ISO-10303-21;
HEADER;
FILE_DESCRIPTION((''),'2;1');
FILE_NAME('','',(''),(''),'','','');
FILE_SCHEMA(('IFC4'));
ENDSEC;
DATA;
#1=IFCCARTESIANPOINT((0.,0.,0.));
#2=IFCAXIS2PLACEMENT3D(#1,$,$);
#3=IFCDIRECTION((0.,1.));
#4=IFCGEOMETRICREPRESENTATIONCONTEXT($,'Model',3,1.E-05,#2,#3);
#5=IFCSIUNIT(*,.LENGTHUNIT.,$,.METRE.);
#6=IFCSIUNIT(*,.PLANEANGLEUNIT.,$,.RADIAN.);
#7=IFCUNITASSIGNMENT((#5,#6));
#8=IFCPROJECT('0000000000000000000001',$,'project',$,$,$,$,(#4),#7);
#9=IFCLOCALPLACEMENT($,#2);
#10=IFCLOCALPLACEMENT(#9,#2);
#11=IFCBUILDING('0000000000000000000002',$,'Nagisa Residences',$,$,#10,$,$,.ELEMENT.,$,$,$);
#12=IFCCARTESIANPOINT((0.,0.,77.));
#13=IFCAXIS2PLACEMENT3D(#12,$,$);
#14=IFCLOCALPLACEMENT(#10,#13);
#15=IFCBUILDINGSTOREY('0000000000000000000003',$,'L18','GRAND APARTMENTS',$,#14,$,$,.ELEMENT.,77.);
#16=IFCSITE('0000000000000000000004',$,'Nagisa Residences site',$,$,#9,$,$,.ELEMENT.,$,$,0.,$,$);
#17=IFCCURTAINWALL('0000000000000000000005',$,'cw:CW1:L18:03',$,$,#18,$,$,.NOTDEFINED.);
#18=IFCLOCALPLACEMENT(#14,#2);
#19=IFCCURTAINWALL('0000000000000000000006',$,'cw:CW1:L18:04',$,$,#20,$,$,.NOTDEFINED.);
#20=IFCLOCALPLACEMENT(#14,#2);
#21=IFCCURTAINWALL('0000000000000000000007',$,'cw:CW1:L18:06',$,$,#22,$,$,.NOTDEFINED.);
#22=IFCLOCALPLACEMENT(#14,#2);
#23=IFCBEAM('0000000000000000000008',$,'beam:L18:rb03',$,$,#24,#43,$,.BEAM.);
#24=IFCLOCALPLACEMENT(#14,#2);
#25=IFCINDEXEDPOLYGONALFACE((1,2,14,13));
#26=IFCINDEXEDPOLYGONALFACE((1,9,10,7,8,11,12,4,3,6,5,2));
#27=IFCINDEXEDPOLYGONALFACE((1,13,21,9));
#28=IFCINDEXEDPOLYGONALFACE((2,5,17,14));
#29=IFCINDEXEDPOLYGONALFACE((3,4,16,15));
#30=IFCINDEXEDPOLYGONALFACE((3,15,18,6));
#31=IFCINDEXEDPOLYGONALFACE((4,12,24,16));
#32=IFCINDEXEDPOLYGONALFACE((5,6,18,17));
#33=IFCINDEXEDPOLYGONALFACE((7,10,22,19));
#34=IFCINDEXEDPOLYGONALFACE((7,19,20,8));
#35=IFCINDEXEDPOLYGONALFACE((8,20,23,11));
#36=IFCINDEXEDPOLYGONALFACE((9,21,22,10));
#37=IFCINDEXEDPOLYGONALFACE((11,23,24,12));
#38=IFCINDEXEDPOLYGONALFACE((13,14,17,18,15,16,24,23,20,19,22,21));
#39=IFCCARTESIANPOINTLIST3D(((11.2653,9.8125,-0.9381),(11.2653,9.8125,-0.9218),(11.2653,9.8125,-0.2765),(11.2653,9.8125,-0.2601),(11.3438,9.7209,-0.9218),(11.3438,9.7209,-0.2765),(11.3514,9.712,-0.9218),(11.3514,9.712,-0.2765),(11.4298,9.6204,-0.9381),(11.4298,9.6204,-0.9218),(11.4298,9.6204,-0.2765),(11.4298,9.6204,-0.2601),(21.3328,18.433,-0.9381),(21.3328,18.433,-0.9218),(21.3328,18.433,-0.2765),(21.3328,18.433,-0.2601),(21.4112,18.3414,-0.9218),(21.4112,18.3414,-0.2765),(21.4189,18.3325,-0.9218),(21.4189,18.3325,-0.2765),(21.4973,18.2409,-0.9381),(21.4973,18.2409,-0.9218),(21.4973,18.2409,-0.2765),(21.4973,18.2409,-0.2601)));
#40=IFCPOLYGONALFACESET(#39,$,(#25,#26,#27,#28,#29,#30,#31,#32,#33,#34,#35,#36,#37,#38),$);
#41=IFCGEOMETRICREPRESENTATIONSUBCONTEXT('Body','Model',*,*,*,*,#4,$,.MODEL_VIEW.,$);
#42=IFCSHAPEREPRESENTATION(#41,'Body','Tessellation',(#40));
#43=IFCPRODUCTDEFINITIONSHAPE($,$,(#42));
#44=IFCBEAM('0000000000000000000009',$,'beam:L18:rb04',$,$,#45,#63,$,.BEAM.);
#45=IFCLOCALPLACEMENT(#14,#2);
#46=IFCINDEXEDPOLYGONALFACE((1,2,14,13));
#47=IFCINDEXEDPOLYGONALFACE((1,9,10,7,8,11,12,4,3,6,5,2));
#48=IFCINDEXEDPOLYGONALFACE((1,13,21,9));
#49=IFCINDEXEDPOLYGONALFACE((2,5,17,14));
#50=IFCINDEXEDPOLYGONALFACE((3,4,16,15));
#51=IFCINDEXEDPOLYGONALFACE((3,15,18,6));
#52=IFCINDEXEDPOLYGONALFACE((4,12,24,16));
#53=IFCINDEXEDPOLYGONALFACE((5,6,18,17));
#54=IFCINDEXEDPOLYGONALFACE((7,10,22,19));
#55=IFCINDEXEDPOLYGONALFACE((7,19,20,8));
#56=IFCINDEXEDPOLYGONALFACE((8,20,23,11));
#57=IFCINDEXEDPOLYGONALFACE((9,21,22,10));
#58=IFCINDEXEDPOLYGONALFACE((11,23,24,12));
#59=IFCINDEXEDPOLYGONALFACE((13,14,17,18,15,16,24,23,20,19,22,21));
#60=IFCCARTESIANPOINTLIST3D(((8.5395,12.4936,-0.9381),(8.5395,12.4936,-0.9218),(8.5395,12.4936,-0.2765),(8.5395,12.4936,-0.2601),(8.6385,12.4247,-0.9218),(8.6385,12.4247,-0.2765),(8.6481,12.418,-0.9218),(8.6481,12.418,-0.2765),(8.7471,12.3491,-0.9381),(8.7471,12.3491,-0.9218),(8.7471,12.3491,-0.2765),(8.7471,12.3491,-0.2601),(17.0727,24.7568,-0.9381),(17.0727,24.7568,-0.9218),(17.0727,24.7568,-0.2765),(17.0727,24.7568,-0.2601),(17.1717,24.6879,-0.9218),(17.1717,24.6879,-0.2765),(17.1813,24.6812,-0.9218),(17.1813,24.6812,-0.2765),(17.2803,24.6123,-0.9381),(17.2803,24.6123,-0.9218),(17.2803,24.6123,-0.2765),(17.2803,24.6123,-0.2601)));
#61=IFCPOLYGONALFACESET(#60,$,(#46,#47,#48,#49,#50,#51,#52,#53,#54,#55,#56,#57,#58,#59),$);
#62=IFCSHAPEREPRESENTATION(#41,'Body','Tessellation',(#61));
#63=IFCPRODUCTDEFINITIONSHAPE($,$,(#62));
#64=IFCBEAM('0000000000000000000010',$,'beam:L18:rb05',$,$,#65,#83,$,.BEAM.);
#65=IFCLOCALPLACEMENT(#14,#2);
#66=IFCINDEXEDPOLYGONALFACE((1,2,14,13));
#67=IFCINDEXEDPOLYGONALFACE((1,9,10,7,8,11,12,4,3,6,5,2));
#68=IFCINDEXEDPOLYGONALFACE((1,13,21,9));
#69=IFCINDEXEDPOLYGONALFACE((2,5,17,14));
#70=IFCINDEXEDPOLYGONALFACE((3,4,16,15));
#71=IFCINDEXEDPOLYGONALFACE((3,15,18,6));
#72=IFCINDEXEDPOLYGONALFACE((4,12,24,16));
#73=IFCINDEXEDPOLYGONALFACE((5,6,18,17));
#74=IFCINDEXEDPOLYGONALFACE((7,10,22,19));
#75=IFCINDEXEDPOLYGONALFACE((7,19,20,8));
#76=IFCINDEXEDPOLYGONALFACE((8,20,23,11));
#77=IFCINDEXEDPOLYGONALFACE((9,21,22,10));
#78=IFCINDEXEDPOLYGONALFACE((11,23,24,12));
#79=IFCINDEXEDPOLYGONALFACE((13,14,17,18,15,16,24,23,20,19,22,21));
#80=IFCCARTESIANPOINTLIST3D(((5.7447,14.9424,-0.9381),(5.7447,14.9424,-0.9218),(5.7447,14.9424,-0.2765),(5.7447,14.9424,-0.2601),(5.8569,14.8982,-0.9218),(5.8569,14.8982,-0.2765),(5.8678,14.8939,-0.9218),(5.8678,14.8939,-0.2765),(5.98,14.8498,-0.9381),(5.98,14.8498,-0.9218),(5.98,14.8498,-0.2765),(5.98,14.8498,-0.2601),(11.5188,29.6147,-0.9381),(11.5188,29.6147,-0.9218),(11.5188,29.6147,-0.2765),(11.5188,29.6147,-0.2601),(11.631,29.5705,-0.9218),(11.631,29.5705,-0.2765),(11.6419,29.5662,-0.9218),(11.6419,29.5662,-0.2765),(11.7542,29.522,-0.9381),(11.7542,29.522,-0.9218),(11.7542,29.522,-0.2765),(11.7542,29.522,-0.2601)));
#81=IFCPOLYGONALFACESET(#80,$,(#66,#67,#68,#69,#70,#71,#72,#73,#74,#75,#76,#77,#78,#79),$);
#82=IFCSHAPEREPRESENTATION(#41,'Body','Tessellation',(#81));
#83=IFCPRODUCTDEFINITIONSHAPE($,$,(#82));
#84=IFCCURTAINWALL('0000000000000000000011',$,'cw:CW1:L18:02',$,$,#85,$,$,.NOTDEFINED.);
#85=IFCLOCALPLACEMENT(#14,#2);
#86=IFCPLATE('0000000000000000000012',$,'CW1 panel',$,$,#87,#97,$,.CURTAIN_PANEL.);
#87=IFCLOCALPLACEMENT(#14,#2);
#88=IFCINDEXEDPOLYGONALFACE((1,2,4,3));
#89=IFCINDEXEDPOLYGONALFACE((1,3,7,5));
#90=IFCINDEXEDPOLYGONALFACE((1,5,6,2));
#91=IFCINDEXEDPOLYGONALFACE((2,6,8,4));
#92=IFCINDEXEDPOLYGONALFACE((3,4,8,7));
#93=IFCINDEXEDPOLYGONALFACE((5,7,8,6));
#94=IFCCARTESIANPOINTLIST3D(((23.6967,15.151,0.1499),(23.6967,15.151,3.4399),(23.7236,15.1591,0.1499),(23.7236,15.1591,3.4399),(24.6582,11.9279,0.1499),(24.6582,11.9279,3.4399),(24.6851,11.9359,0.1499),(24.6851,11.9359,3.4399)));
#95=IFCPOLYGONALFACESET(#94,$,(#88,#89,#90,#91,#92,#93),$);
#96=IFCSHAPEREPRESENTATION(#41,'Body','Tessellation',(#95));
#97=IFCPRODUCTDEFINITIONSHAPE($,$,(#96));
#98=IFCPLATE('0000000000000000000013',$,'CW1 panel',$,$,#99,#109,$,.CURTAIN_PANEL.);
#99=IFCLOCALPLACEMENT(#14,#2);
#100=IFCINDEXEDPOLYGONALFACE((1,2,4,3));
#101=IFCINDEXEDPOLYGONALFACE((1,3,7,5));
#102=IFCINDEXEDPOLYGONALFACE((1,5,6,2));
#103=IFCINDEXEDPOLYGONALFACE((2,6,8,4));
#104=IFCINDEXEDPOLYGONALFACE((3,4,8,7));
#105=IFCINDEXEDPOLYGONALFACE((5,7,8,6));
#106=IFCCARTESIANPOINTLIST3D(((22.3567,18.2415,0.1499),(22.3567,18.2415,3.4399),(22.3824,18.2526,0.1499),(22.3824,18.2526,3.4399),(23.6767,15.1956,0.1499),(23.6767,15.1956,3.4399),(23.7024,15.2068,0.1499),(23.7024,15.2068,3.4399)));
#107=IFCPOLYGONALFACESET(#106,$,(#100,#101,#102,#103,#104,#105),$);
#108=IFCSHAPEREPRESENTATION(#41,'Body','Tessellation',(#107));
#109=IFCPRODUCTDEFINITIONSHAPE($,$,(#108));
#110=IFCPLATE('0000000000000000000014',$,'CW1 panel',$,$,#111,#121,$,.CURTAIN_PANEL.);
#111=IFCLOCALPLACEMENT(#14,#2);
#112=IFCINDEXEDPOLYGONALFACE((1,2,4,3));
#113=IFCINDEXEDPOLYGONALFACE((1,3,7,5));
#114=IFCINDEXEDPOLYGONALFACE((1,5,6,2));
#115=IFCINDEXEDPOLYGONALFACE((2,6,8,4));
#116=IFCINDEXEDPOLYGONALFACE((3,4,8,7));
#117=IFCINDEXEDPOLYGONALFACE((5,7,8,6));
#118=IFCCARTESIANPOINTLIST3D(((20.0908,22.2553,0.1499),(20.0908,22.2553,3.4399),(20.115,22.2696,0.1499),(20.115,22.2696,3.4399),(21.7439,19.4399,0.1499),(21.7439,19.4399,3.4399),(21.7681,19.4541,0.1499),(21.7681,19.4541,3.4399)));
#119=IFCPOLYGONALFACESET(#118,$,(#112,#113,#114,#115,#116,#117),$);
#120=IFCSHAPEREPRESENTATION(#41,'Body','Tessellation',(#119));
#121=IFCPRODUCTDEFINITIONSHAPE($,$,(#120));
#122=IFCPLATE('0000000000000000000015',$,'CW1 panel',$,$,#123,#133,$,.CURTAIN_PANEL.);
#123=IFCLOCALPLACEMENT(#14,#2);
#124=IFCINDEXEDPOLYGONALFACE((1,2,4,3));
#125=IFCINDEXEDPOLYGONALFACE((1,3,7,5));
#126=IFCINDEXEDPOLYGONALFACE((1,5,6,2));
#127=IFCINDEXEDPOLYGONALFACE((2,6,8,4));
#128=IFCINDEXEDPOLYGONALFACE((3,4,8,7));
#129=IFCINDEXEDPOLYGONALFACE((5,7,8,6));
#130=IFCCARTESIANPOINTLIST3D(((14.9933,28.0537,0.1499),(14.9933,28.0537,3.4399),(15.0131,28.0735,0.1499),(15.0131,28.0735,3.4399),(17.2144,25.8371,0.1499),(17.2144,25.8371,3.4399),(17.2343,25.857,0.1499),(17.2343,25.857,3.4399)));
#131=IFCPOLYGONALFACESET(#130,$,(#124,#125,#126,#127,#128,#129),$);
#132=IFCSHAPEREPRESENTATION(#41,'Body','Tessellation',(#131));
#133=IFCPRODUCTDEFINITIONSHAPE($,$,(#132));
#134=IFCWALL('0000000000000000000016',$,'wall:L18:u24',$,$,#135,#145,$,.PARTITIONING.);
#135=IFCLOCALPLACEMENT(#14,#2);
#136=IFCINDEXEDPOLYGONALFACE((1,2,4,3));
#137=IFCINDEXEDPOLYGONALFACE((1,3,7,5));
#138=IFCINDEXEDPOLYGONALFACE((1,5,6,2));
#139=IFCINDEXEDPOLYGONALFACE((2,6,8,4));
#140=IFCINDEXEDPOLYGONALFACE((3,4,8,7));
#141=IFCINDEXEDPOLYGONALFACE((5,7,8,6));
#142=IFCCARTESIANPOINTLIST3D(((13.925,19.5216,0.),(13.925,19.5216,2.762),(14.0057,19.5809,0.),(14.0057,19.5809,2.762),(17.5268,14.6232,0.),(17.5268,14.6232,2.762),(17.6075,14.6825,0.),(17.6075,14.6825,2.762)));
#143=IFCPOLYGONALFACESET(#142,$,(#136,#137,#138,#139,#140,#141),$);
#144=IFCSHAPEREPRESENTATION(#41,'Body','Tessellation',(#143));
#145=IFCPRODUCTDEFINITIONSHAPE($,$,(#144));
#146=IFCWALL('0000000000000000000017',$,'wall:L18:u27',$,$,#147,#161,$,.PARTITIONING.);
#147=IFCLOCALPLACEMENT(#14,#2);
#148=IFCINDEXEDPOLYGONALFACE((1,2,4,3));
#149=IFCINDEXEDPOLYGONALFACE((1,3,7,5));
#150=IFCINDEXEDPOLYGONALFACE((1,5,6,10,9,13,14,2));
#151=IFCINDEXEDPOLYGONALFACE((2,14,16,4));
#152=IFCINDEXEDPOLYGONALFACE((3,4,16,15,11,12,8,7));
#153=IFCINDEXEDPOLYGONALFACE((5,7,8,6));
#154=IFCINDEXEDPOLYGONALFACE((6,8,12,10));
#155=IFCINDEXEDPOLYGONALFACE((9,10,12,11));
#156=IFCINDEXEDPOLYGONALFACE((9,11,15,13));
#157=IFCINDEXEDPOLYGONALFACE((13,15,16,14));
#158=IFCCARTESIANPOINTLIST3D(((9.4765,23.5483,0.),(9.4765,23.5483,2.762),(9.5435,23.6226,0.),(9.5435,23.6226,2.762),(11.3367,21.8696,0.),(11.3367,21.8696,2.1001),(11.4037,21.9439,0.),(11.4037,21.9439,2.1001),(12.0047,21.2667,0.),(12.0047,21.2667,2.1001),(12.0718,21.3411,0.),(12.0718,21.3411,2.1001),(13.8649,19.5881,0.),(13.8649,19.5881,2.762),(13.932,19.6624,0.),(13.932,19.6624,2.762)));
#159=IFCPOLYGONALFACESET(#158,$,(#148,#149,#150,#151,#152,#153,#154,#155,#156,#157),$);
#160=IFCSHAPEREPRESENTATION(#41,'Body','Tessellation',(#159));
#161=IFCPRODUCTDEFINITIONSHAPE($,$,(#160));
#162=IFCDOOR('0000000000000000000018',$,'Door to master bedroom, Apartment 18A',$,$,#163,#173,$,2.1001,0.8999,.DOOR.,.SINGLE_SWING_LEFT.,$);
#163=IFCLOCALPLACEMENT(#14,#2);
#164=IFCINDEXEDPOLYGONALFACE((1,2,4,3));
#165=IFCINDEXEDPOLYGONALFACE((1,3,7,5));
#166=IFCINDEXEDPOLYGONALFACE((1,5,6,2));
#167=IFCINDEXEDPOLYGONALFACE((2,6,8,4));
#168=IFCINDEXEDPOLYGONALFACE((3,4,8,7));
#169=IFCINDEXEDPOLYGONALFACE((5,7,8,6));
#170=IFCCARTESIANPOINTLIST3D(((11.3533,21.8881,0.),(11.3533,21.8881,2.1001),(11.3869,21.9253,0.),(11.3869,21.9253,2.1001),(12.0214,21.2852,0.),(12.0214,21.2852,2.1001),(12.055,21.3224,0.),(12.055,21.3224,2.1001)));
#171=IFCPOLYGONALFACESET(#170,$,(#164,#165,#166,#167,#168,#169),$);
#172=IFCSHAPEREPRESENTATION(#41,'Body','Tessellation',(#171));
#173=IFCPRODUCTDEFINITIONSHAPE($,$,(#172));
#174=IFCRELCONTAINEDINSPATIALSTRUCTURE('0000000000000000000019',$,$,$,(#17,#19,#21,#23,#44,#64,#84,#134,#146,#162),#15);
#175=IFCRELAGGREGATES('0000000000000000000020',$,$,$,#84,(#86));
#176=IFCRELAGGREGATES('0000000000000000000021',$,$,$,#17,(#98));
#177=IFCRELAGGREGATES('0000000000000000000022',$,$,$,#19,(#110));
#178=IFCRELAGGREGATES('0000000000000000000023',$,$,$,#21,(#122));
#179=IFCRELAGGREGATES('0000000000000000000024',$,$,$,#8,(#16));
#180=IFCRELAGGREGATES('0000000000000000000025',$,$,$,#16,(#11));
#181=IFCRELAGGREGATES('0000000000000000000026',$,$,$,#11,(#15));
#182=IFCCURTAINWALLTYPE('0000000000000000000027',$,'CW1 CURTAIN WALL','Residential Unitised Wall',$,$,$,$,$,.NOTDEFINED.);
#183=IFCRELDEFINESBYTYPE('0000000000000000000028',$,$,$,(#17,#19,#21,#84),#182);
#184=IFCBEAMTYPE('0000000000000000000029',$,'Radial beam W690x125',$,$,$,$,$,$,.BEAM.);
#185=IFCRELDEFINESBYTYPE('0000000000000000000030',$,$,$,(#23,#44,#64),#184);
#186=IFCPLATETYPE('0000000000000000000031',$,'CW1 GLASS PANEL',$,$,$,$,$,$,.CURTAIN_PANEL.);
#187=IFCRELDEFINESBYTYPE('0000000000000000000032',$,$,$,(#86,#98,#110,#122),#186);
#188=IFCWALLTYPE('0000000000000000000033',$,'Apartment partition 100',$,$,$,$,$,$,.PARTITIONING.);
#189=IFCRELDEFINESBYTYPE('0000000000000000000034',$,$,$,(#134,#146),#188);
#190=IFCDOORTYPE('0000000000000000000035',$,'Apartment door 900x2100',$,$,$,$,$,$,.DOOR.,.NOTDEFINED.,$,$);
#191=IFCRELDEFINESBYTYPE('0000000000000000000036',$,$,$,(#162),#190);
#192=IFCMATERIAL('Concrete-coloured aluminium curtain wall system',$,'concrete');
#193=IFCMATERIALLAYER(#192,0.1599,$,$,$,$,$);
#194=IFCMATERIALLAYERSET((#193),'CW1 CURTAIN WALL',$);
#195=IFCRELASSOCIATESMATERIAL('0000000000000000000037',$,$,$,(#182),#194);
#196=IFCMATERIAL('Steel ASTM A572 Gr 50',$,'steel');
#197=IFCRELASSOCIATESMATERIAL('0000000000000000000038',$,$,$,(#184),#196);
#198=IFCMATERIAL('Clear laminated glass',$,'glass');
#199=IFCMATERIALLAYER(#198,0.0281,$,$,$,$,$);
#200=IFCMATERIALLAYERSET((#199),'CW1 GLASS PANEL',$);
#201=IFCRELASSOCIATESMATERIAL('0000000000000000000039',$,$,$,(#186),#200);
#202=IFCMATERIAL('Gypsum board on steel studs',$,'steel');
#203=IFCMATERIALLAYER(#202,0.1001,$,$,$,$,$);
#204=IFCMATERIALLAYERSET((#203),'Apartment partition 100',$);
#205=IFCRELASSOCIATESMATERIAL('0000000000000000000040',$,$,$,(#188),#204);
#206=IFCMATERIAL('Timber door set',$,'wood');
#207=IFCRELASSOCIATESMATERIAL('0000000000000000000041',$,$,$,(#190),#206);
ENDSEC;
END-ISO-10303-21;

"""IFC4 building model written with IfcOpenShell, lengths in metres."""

from ifc_helpers import new_model, si_unit, direction, frame, frame_2d, origin, origin_2d, place, context, subcontext, project, spatial, rectangle, i_section, extrude, material, layer, layer_set, material_profile, profile_set, type_object, element, fill, aggregate, save


model = new_model("IFC4")

# Units and contexts
model_context = context("Model", 3, precision=1e-05, world=origin(), true_north=direction((0.0, 1.0)))
body_context = subcontext(model_context, "Body", "Model", "MODEL_VIEW")
ifc_project = project(units=[si_unit("LENGTHUNIT", "METRE"), si_unit("PLANEANGLEUNIT", "RADIAN")], contexts=[model_context])

# Site, building, storey
site_placement = place(None, origin())
site = spatial("IfcSite", under=ifc_project, at=site_placement, Name="Nagisa Residences site", CompositionType="ELEMENT", RefElevation=0.0)
building_placement = place(site_placement, origin())
building = spatial("IfcBuilding", under=site, at=building_placement, Name="Nagisa Residences", CompositionType="ELEMENT")
storey_placement = place(building_placement, frame((0.0, 0.0, 77.0)))
storey = spatial("IfcBuildingStorey", under=building, at=storey_placement, Name="L18", Description="GRAND APARTMENTS", CompositionType="ELEMENT", Elevation=77.0)

# Curtain walls
ifc_material_1 = material(Name="Concrete-coloured aluminium curtain wall system", Category="concrete")
ifc_layer_1 = layer(ifc_material_1, 0.1599)
ifc_layer_set_1 = layer_set([ifc_layer_1], Name="CW1 CURTAIN WALL")
curtain_wall_type = type_object("IfcCurtainWallType", Name="CW1 CURTAIN WALL", Description="Residential Unitised Wall", PredefinedType="NOTDEFINED", material=ifc_layer_set_1)
curtain_wall_1_placement = place(storey_placement, origin())
curtain_wall_1 = element("IfcCurtainWall", 1, at=curtain_wall_1_placement, inside=storey, type_object=curtain_wall_type, Name="cw:CW1:L18:03", PredefinedType="NOTDEFINED")
curtain_wall_2_placement = place(storey_placement, origin())
curtain_wall_2 = element("IfcCurtainWall", 2, at=curtain_wall_2_placement, inside=storey, type_object=curtain_wall_type, Name="cw:CW1:L18:04", PredefinedType="NOTDEFINED")
curtain_wall_3_placement = place(storey_placement, origin())
curtain_wall_3 = element("IfcCurtainWall", 3, at=curtain_wall_3_placement, inside=storey, type_object=curtain_wall_type, Name="cw:CW1:L18:06", PredefinedType="NOTDEFINED")

# Beams
ifc_material_2 = material(Name="Steel ASTM A572 Gr 50", Category="steel")
ifc_material_profile_1 = material_profile(ifc_material_2, i_section(OverallWidth=0.2529, OverallDepth=0.678, WebThickness=0.0117, FlangeThickness=0.0164, at=origin_2d()), Name="W690x125")
ifc_profile_set_1 = profile_set([ifc_material_profile_1], Name="Steel ASTM A572 Gr 50")
beam_type_1 = type_object("IfcBeamType", Name="Radial beam W690x125", PredefinedType="BEAM", material=ifc_profile_set_1)
beam_1_placement = place(storey_placement, frame((21.415, 18.3369, -0.5991), z_axis=(-0.759585, -0.650407, 0.0), x_axis=(0.650407, -0.759585, 0.0)))
element("IfcBeam", 4, at=beam_1_placement, inside=storey, type_object=beam_type_1, Name="beam:L18:rb03", PredefinedType="BEAM", context=body_context, shape_type="SweptSolid", body=[
    extrude(i_section(OverallWidth=0.2529, OverallDepth=0.678, WebThickness=0.0117, FlangeThickness=0.0164, at=origin_2d()), origin(), (0.0, 0.0, 1.0), 13.2539),
])
beam_2_placement = place(storey_placement, frame((17.1765, 24.6846, -0.5991), z_axis=(-0.571168, -0.820833, 0.0), x_axis=(0.820833, -0.571168, 0.0)))
element("IfcBeam", 5, at=beam_2_placement, inside=storey, type_object=beam_type_1, Name="beam:L18:rb04", PredefinedType="BEAM", context=body_context, shape_type="SweptSolid", body=[
    extrude(i_section(OverallWidth=0.2529, OverallDepth=0.678, WebThickness=0.0117, FlangeThickness=0.0164, at=origin_2d()), origin(), (0.0, 0.0, 1.0), 14.9399),
])
beam_3_placement = place(storey_placement, frame((11.6365, 29.5684, -0.5991), z_axis=(-0.366203, -0.930535, 0.0), x_axis=(0.930535, -0.366203, 0.0)))
element("IfcBeam", 6, at=beam_3_placement, inside=storey, type_object=beam_type_1, Name="beam:L18:rb05", PredefinedType="BEAM", context=body_context, shape_type="SweptSolid", body=[
    extrude(i_section(OverallWidth=0.2529, OverallDepth=0.678, WebThickness=0.0117, FlangeThickness=0.0164, at=origin_2d()), origin(), (0.0, 0.0, 1.0), 15.7676),
])

# Curtain wall, plate
curtain_wall_4_placement = place(storey_placement, origin())
curtain_wall_4 = element("IfcCurtainWall", 7, at=curtain_wall_4_placement, inside=storey, type_object=curtain_wall_type, Name="cw:CW1:L18:02", PredefinedType="NOTDEFINED")
ifc_material_3 = material(Name="Clear laminated glass", Category="glass")
ifc_layer_2 = layer(ifc_material_3, 0.0281)
ifc_layer_set_2 = layer_set([ifc_layer_2], Name="CW1 GLASS PANEL")
plate_type = type_object("IfcPlateType", Name="CW1 GLASS PANEL", PredefinedType="CURTAIN_PANEL", material=ifc_layer_set_2)
plate_1_placement = place(storey_placement, frame((24.1909, 13.5435, 0.1499), z_axis=(0.0, 0.0, 1.0), x_axis=(-0.28586, 0.958271, 0.0)))
plate_1 = element("IfcPlate", 8, at=plate_1_placement, type_object=plate_type, Name="CW1 panel", PredefinedType="CURTAIN_PANEL", context=body_context, shape_type="SweptSolid", body=[
    extrude(rectangle(XDim=3.3635, YDim=0.0281, at=origin_2d()), origin(), (0.0, 0.0, 1.0), 3.29),
])
aggregate(curtain_wall_4, [plate_1])

# Plates
plate_2_placement = place(storey_placement, frame((23.0295, 16.7241, 0.1499), z_axis=(0.0, 0.0, 1.0), x_axis=(-0.397636, 0.917543, 0.0)))
plate_2 = element("IfcPlate", 9, at=plate_2_placement, type_object=plate_type, Name="CW1 panel", PredefinedType="CURTAIN_PANEL", context=body_context, shape_type="SweptSolid", body=[
    extrude(rectangle(XDim=3.3196, YDim=0.0281, at=origin_2d()), origin(), (0.0, 0.0, 1.0), 3.29),
])
aggregate(curtain_wall_1, [plate_2])
plate_3_placement = place(storey_placement, frame((20.9294, 20.8547, 0.1499), z_axis=(0.0, 0.0, 1.0), x_axis=(-0.506349, 0.862329, 0.0)))
plate_3 = element("IfcPlate", 10, at=plate_3_placement, type_object=plate_type, Name="CW1 panel", PredefinedType="CURTAIN_PANEL", context=body_context, shape_type="SweptSolid", body=[
    extrude(rectangle(XDim=3.2649, YDim=0.0281, at=origin_2d()), origin(), (0.0, 0.0, 1.0), 3.29),
])
aggregate(curtain_wall_2, [plate_3])
plate_4_placement = place(storey_placement, frame((16.1138, 26.9553, 0.1499), z_axis=(0.0, 0.0, 1.0), x_axis=(-0.707836, 0.706377, 0.0)))
plate_4 = element("IfcPlate", 11, at=plate_4_placement, type_object=plate_type, Name="CW1 panel", PredefinedType="CURTAIN_PANEL", context=body_context, shape_type="SweptSolid", body=[
    extrude(rectangle(XDim=3.1379, YDim=0.0281, at=origin_2d()), origin(), (0.0, 0.0, 1.0), 3.29),
])
aggregate(curtain_wall_3, [plate_4])

# Wall
ifc_material_4 = material(Name="Gypsum board on steel studs", Category="steel")
ifc_layer_3 = layer(ifc_material_4, 0.1001)
ifc_layer_set_3 = layer_set([ifc_layer_3], Name="Apartment partition 100")
wall_type_1 = type_object("IfcWallType", Name="Apartment partition 100", PredefinedType="PARTITIONING", material=ifc_layer_set_3)
wall_1_placement = place(storey_placement, frame((17.5671, 14.6528, 0.0), z_axis=(0.0, 0.0, 1.0), x_axis=(-0.592392, 0.80565, 0.0)))
element("IfcWall", 12, at=wall_1_placement, inside=storey, type_object=wall_type_1, Name="wall:L18:u24", PredefinedType="PARTITIONING", context=body_context, shape_type="SweptSolid", body=[
    extrude(rectangle(XDim=6.0801, YDim=0.1001, at=frame_2d((3.04, 0.0))), origin(), (0.0, 0.0, 1.0), 2.762),
])

# Wall, opening, door
wall_2_placement = place(storey_placement, frame((13.8984, 19.6252, 0.0), z_axis=(0.0, 0.0, 1.0), x_axis=(-0.7424, 0.669957, 0.0)))
wall_2 = element("IfcWall", 13, at=wall_2_placement, inside=storey, type_object=wall_type_1, Name="wall:L18:u27", PredefinedType="PARTITIONING", context=body_context, shape_type="SweptSolid", body=[
    extrude(rectangle(XDim=5.9111, YDim=0.1001, at=frame_2d((2.9556, 0.0))), origin(), (0.0, 0.0, 1.0), 2.762),
])
opening_1_placement = place(wall_2_placement, frame((2.5056, 0.0, 0.0)))
opening_1 = element("IfcOpeningElement", 14, at=opening_1_placement, cuts=wall_2, PredefinedType="OPENING", context=body_context, shape_type="SweptSolid", body=[
    extrude(rectangle(XDim=0.8999, YDim=2.1001, at=frame_2d((0.45, 1.05))), frame((0.0, 0.0601, 0.0), z_axis=(0.0, -1.0, 0.0), x_axis=(1.0, 0.0, 0.0)), (0.0, 0.0, 1.0), 0.1201),
])
ifc_material_5 = material(Name="Timber door set", Category="wood")
door_type_1 = type_object("IfcDoorType", Name="Apartment door 900x2100", OperationType="NOTDEFINED", PredefinedType="DOOR", material=ifc_material_5)
door_1_placement = place(opening_1_placement, frame((0.8999, 0.0, 0.0), x_axis=(-1.0, 0.0, 0.0)))
door_1 = element("IfcDoor", 15, at=door_1_placement, inside=storey, type_object=door_type_1, Name="Door to master bedroom, Apartment 18A", OperationType="SINGLE_SWING_LEFT", OverallHeight=2.1001, OverallWidth=0.8999, PredefinedType="DOOR", context=body_context, shape_type="SweptSolid", body=[
    extrude(rectangle(XDim=0.8999, YDim=2.1001, at=frame_2d((0.45, 1.05))), frame((0.0, 0.0249, 0.0), z_axis=(0.0, -1.0, 0.0), x_axis=(1.0, 0.0, 0.0)), (0.0, 0.0, 1.0), 0.05),
])
fill(opening_1, door_1)

save(model, "model.ifc")
